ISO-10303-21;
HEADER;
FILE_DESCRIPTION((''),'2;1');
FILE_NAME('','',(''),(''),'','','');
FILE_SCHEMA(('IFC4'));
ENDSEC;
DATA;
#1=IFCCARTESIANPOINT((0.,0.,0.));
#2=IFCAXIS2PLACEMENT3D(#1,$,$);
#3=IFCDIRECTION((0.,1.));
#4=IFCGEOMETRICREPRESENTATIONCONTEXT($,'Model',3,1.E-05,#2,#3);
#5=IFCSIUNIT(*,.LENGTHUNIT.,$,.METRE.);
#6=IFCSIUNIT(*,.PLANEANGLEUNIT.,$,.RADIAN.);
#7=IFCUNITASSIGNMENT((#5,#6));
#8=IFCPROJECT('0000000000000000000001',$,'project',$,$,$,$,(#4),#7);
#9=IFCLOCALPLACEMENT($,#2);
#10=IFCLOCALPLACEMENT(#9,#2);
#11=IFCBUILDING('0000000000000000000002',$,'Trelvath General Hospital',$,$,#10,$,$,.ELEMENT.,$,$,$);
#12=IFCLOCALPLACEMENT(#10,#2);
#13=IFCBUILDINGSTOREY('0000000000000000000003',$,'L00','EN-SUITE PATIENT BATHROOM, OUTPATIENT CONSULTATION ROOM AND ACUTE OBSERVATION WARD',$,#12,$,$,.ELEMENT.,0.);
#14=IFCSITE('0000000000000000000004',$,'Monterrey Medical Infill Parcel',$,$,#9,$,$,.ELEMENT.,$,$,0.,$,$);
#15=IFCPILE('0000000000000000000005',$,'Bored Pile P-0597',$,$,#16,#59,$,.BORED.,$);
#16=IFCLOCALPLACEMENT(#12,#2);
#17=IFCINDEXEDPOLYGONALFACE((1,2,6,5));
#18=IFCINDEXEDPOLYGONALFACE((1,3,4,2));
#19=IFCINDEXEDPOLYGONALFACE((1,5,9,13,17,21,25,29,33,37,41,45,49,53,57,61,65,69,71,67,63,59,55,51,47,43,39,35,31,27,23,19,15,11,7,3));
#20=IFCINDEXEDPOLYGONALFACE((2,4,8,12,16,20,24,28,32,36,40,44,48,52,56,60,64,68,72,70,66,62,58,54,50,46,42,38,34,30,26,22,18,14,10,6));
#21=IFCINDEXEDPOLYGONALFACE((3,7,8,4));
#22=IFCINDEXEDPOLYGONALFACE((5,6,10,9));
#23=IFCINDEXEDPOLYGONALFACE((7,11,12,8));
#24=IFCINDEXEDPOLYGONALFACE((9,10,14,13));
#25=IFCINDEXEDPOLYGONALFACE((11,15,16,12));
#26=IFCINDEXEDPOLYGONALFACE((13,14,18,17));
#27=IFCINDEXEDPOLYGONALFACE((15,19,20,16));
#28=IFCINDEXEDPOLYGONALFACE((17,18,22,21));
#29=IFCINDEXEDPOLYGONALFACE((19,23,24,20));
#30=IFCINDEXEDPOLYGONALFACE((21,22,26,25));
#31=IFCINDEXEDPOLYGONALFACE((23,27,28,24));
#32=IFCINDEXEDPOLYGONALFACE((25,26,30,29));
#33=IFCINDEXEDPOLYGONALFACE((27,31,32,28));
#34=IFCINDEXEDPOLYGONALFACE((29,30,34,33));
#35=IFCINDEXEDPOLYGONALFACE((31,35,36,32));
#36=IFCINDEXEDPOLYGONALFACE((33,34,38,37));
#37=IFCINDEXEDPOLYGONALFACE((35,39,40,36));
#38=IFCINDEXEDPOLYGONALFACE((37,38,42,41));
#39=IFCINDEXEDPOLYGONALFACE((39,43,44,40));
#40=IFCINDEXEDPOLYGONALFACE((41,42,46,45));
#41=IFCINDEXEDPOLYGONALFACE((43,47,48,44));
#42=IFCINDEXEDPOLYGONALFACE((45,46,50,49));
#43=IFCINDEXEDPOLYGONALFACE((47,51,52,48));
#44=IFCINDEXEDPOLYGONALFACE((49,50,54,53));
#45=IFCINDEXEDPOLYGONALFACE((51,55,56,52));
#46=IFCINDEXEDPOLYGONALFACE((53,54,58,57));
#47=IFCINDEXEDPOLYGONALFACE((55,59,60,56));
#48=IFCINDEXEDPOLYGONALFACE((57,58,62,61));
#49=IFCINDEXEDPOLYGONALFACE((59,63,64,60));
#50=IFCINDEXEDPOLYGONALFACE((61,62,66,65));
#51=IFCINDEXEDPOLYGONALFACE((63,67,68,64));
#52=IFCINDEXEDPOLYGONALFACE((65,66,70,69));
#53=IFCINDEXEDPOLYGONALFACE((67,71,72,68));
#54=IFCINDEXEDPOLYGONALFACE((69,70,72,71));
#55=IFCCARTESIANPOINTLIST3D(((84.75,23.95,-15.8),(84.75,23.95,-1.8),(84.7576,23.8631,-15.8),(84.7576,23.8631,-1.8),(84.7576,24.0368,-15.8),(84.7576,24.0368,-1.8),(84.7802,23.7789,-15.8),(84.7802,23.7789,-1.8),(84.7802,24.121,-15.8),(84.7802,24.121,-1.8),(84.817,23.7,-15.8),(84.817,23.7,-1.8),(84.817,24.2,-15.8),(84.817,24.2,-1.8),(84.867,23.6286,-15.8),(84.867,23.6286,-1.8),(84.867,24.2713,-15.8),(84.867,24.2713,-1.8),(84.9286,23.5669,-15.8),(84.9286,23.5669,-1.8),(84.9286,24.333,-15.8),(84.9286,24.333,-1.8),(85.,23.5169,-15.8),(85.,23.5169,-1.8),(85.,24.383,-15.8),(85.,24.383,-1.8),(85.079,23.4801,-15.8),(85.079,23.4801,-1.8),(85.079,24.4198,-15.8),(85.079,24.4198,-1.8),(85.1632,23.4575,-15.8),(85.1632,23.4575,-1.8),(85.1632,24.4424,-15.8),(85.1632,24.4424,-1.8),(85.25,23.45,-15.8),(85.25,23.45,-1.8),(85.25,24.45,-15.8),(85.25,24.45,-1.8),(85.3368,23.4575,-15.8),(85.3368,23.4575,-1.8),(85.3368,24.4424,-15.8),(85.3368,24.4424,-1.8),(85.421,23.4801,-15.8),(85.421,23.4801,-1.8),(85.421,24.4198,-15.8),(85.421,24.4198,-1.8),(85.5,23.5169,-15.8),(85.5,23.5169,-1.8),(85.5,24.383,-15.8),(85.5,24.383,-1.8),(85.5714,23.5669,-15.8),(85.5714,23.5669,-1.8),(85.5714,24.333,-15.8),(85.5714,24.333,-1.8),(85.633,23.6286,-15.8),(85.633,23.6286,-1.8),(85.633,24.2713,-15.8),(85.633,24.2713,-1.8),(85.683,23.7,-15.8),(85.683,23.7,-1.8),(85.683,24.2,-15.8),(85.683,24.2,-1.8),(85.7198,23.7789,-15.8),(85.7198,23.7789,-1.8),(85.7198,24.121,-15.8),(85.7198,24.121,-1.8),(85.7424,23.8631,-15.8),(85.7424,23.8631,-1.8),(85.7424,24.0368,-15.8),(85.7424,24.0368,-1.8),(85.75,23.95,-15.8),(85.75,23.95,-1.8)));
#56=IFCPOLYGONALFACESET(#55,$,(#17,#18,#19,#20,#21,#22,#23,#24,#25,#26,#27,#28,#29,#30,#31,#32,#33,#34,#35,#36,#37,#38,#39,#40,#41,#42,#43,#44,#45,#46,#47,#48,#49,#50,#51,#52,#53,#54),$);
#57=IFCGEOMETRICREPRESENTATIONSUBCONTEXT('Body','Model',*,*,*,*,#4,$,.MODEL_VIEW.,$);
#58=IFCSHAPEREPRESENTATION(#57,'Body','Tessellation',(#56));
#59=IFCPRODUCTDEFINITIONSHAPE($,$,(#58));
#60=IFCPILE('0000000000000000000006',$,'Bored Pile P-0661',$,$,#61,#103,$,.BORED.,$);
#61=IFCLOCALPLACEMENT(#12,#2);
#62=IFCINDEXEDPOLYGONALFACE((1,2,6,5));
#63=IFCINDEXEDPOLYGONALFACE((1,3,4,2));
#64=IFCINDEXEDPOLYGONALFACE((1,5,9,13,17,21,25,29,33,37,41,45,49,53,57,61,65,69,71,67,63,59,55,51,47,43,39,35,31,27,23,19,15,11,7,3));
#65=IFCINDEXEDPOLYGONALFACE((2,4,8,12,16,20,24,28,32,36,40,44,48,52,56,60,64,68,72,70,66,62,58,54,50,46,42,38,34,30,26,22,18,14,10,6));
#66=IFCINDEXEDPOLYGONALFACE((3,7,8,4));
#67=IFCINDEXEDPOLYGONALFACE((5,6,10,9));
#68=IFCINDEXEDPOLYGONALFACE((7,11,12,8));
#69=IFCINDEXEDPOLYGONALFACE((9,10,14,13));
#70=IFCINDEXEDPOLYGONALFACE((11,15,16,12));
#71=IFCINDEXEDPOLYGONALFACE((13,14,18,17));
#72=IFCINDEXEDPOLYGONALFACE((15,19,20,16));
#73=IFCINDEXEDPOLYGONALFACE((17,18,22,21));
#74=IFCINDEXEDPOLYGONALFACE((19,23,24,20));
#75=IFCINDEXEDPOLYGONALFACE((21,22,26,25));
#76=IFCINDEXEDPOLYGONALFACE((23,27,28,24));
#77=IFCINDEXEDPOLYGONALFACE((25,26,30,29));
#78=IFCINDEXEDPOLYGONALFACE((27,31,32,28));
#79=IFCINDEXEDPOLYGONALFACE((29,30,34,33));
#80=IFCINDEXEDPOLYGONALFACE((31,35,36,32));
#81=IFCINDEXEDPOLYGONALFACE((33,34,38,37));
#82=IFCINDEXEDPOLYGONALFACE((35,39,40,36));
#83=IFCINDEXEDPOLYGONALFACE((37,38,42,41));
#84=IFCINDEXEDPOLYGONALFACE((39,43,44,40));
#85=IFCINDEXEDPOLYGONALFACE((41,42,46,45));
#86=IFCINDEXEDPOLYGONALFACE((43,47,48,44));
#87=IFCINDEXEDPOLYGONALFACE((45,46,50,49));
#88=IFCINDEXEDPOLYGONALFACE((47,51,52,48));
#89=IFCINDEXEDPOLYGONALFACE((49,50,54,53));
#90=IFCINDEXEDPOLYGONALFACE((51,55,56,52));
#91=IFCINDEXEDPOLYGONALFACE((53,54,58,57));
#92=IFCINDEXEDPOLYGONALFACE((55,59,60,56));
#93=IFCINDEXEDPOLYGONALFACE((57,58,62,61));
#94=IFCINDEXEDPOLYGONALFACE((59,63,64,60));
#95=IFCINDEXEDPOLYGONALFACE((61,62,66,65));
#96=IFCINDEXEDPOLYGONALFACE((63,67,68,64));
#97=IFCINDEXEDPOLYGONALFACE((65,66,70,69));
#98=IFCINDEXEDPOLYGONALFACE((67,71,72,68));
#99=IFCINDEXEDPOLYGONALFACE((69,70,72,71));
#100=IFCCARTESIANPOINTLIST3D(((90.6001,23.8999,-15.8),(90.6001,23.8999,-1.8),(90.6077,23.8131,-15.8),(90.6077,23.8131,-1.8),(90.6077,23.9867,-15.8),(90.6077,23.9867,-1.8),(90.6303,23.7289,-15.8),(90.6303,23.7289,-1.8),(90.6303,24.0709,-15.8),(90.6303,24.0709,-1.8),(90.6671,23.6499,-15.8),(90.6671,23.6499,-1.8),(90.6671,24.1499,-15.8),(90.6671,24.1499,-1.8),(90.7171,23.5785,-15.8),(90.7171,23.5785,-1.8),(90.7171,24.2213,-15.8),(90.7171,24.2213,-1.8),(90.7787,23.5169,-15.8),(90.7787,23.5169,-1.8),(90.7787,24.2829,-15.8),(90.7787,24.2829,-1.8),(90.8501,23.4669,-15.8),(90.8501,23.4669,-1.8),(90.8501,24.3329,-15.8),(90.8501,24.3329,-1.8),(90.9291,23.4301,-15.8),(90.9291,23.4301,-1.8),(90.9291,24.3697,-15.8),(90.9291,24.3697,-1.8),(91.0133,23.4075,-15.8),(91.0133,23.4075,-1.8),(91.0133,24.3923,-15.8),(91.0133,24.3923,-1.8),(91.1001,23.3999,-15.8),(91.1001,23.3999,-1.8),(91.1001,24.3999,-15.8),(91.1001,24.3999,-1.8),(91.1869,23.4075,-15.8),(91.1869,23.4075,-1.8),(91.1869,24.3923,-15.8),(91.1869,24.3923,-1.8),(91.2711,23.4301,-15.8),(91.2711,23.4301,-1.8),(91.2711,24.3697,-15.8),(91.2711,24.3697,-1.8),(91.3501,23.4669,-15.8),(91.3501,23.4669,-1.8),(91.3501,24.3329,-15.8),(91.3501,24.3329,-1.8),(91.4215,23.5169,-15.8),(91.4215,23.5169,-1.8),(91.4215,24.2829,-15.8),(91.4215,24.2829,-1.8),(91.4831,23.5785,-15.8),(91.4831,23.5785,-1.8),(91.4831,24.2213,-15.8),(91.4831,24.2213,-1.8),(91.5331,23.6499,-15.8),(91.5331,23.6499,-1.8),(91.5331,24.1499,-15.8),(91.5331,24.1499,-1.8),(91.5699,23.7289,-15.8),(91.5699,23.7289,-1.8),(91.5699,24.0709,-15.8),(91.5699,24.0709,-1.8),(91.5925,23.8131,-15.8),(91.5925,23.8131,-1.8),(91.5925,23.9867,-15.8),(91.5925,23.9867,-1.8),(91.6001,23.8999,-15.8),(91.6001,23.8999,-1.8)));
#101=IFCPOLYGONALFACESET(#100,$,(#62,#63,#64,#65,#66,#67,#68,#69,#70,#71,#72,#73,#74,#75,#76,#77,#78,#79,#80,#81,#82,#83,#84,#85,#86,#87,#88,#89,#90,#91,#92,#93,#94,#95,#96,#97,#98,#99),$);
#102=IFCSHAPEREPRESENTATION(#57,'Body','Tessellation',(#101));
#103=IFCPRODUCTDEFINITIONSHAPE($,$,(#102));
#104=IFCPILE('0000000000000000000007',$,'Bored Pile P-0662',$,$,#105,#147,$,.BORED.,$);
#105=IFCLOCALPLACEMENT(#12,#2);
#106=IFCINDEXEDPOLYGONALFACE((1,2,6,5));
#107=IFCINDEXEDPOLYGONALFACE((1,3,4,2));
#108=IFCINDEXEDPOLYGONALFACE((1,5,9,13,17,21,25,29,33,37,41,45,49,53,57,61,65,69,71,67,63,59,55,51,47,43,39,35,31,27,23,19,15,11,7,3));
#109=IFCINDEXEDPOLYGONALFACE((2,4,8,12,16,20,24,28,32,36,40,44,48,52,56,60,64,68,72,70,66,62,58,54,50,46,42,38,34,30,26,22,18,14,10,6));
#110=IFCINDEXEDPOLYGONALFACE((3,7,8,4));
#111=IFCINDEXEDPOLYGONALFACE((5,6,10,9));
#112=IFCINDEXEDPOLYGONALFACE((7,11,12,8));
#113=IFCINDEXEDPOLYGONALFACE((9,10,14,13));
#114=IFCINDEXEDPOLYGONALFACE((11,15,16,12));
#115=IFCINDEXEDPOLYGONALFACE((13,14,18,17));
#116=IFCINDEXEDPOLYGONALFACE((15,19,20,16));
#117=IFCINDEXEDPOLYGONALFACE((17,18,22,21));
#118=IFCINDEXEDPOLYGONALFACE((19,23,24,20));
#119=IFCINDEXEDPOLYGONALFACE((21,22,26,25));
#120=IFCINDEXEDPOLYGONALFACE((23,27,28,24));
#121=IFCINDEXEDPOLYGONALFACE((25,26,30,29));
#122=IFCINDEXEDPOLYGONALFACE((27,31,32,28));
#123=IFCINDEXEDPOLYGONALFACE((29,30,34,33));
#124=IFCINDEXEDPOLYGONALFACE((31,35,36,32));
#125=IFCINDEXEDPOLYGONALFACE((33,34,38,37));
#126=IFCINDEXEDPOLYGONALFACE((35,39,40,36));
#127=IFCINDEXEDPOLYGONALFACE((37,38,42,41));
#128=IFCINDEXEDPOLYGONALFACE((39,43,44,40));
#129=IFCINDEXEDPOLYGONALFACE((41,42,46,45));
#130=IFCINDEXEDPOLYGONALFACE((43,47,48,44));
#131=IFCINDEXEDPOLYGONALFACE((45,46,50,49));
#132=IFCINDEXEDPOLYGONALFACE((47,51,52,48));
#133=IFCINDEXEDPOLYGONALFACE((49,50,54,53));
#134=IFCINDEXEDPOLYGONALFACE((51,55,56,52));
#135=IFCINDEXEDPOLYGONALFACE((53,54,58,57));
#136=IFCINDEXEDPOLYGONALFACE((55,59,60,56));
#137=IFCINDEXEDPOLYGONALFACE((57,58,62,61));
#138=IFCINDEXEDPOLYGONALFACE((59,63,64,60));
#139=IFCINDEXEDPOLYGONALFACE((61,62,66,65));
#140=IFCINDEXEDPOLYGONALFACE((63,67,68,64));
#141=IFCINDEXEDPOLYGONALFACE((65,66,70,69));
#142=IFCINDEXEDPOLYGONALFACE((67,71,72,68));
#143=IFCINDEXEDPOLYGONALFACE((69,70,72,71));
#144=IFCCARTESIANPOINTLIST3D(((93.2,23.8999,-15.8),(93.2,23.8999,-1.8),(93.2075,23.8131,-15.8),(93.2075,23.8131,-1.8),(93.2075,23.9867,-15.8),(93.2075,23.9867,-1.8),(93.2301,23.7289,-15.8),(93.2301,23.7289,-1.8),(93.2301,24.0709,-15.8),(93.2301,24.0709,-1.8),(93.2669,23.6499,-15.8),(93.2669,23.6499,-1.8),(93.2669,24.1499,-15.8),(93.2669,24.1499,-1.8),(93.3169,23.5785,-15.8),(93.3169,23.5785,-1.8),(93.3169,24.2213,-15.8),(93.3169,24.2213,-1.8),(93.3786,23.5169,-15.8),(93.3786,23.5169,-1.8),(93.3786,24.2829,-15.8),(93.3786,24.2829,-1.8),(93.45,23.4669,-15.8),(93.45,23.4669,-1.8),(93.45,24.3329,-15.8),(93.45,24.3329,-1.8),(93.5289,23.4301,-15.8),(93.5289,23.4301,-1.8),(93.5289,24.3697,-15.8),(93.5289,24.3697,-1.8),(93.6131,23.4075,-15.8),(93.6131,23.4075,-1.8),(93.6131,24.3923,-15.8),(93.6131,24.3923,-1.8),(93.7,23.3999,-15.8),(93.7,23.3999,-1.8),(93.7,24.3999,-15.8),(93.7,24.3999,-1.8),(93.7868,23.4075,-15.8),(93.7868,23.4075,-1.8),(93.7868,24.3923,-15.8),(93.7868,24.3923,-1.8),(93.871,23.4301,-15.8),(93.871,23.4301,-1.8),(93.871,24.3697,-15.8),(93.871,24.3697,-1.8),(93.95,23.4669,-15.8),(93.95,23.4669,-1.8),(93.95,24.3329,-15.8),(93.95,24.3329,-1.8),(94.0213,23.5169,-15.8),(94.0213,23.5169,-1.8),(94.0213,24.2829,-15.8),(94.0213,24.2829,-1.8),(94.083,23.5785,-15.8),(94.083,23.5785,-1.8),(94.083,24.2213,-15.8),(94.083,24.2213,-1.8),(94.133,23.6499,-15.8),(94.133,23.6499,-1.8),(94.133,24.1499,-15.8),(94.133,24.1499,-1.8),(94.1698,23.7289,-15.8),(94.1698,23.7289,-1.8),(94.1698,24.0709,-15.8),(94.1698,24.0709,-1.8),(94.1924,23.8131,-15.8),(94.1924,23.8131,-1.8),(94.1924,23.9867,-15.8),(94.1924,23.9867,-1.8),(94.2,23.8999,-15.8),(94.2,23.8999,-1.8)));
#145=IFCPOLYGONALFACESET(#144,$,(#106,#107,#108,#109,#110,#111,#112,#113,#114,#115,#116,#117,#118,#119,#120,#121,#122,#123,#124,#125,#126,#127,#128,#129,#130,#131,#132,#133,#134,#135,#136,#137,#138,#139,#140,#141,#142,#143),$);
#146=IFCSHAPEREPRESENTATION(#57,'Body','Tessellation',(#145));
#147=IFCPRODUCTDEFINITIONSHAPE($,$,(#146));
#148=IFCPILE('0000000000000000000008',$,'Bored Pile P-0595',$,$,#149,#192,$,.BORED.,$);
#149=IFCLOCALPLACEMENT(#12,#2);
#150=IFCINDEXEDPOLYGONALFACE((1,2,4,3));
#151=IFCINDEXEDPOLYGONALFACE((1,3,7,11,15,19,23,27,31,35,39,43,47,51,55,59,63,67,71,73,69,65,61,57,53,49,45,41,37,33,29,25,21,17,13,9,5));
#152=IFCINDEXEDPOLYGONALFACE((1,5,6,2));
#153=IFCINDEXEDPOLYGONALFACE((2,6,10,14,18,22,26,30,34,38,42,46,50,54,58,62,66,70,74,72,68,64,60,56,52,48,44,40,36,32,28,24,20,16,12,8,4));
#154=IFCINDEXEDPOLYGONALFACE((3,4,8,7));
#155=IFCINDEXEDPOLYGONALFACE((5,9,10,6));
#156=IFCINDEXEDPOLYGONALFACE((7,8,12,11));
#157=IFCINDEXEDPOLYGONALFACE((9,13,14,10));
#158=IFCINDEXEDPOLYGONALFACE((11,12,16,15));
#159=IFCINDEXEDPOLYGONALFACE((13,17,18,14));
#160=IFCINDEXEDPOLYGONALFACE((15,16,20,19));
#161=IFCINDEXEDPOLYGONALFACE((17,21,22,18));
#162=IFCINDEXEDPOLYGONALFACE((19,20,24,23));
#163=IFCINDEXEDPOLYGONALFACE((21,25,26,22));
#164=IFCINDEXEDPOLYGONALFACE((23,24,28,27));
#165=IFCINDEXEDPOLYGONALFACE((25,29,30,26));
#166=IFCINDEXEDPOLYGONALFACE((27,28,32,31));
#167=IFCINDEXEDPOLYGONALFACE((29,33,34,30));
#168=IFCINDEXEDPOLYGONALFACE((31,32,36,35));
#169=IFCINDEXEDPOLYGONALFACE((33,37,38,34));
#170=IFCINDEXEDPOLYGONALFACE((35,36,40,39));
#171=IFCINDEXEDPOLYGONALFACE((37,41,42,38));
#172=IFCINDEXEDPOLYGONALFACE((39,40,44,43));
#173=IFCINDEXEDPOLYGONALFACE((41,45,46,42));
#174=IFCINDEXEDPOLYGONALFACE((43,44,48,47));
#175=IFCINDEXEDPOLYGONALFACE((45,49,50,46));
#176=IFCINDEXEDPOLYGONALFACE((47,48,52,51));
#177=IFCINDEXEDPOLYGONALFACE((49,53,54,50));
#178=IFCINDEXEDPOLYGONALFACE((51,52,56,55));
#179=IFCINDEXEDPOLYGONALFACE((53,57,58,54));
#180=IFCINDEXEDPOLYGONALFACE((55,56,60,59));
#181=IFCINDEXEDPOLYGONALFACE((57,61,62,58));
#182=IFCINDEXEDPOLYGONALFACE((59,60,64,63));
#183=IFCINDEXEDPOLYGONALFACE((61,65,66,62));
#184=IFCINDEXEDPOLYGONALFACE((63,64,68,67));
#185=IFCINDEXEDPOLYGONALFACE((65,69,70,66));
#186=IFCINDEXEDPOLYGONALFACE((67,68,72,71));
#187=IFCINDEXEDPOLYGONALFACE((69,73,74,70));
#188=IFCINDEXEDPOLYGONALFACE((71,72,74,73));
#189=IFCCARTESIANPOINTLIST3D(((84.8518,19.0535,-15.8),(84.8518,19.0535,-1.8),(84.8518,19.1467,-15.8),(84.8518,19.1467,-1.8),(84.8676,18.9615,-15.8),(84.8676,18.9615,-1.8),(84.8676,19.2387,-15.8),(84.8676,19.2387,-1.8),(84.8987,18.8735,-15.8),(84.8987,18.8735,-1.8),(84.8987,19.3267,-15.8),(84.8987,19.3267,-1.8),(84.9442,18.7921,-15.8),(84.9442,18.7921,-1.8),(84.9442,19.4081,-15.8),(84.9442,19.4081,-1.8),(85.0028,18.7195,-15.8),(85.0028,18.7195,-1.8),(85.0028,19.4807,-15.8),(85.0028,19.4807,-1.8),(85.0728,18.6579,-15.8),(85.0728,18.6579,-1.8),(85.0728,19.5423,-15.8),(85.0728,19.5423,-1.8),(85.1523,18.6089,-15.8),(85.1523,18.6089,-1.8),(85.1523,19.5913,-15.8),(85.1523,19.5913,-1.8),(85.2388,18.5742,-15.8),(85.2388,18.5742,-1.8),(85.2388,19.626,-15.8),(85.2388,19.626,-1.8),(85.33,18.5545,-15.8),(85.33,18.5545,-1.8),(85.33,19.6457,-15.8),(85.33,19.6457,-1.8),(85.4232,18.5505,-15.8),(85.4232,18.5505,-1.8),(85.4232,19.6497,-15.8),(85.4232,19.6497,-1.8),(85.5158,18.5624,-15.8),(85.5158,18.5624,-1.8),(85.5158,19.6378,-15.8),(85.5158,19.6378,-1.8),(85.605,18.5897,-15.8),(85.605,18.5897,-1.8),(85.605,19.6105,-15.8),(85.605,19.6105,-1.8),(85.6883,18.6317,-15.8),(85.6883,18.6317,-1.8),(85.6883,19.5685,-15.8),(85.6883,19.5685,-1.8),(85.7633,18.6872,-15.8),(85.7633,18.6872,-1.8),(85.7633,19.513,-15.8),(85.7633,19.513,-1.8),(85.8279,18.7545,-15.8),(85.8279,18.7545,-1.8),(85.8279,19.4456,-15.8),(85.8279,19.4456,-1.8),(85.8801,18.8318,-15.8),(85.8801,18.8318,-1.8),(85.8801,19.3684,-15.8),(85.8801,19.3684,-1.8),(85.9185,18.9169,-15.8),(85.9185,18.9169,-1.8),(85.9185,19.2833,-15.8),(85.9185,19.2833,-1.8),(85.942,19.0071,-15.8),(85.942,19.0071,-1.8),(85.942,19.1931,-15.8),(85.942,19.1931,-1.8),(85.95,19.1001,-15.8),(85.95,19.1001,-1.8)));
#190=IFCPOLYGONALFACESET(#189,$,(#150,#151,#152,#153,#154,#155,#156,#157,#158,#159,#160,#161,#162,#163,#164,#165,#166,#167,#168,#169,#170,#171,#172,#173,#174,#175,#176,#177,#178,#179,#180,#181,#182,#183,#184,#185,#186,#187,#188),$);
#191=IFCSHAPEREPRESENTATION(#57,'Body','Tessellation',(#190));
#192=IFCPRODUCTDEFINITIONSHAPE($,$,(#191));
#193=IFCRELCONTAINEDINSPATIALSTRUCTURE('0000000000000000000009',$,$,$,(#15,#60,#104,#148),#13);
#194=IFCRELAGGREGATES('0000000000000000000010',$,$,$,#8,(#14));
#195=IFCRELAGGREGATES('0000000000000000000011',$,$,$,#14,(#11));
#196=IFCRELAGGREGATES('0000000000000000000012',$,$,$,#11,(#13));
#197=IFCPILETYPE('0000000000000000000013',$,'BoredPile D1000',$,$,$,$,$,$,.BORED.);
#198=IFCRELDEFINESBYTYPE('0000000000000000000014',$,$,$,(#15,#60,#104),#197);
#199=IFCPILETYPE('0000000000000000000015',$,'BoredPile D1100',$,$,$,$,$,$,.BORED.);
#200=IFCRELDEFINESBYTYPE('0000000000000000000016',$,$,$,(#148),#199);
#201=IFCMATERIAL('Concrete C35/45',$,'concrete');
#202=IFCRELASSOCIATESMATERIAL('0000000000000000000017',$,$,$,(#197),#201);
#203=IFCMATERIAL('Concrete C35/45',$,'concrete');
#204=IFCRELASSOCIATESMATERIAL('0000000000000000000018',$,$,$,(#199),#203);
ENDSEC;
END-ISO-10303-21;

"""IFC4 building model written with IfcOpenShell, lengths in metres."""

from ifc_helpers import new_model, si_unit, direction, frame, origin, origin_2d, place, context, subcontext, project, spatial, circle, extrude, material, material_profile, profile_set, type_object, element, save


model = new_model("IFC4")

# Units and contexts
model_context = context("Model", 3, precision=1e-05, world=origin(), true_north=direction((0.0, 1.0)))
body_context = subcontext(model_context, "Body", "Model", "MODEL_VIEW")
ifc_project = project(units=[si_unit("LENGTHUNIT", "METRE"), si_unit("PLANEANGLEUNIT", "RADIAN")], contexts=[model_context])

# Site, building, storey
site_placement = place(None, origin())
site = spatial("IfcSite", under=ifc_project, at=site_placement, Name="Monterrey Medical Infill Parcel", CompositionType="ELEMENT", RefElevation=0.0)
building_placement = place(site_placement, origin())
building = spatial("IfcBuilding", under=site, at=building_placement, Name="Trelvath General Hospital", CompositionType="ELEMENT")
storey_placement = place(building_placement, origin())
storey = spatial("IfcBuildingStorey", under=building, at=storey_placement, Name="L00", Description="EN-SUITE PATIENT BATHROOM, OUTPATIENT CONSULTATION ROOM AND ACUTE OBSERVATION WARD", CompositionType="ELEMENT", Elevation=0.0)

# Piles
ifc_material_1 = material(Name="Concrete C35/45", Category="concrete")
ifc_material_profile_1 = material_profile(ifc_material_1, circle(Radius=0.5, at=origin_2d()), Name="PILE1000")
ifc_profile_set_1 = profile_set([ifc_material_profile_1], Name="Concrete C35/45")
pile_type_1 = type_object("IfcPileType", Name="BoredPile D1000", PredefinedType="BORED", material=ifc_profile_set_1)
for number, where, z_axis, x_axis, name in (
    (1, (85.25, 23.95, -1.8), (0.0, 0.0, -1.0), (1.0, 0.0, 0.0), "Bored Pile P-0597"),
    (2, (91.1001, 23.8999, -1.8), (0.0, 0.0, -1.0), (1.0, 0.0, 0.0), "Bored Pile P-0661"),
    (3, (93.7, 23.8999, -1.8), (0.0, 0.0, -1.0), (1.0, 0.0, 0.0), "Bored Pile P-0662"),
):
    element("IfcPile", number, at=place(storey_placement, frame(where, z_axis=z_axis, x_axis=x_axis)), inside=storey, type_object=pile_type_1, Name=name, PredefinedType="BORED", context=body_context, shape_type="SweptSolid", body=[
        extrude(circle(Radius=0.5, at=origin_2d()), origin(), (0.0, 0.0, 1.0), 14.0),
    ])
ifc_material_2 = material(Name="Concrete C35/45", Category="concrete")
ifc_material_profile_2 = material_profile(ifc_material_2, circle(Radius=0.55, at=origin_2d()), Name="PILE1100")
ifc_profile_set_2 = profile_set([ifc_material_profile_2], Name="Concrete C35/45")
pile_type_2 = type_object("IfcPileType", Name="BoredPile D1100", PredefinedType="BORED", material=ifc_profile_set_2)
pile_placement = place(storey_placement, frame((85.3999, 19.1001, -1.8), z_axis=(0.0, 0.0, -1.0), x_axis=(1.0, 0.0, 0.0)))
element("IfcPile", 4, at=pile_placement, inside=storey, type_object=pile_type_2, Name="Bored Pile P-0595", PredefinedType="BORED", context=body_context, shape_type="SweptSolid", body=[
    extrude(circle(Radius=0.55, at=origin_2d()), origin(), (0.0, 0.0, 1.0), 14.0),
])

save(model, "model.ifc")
